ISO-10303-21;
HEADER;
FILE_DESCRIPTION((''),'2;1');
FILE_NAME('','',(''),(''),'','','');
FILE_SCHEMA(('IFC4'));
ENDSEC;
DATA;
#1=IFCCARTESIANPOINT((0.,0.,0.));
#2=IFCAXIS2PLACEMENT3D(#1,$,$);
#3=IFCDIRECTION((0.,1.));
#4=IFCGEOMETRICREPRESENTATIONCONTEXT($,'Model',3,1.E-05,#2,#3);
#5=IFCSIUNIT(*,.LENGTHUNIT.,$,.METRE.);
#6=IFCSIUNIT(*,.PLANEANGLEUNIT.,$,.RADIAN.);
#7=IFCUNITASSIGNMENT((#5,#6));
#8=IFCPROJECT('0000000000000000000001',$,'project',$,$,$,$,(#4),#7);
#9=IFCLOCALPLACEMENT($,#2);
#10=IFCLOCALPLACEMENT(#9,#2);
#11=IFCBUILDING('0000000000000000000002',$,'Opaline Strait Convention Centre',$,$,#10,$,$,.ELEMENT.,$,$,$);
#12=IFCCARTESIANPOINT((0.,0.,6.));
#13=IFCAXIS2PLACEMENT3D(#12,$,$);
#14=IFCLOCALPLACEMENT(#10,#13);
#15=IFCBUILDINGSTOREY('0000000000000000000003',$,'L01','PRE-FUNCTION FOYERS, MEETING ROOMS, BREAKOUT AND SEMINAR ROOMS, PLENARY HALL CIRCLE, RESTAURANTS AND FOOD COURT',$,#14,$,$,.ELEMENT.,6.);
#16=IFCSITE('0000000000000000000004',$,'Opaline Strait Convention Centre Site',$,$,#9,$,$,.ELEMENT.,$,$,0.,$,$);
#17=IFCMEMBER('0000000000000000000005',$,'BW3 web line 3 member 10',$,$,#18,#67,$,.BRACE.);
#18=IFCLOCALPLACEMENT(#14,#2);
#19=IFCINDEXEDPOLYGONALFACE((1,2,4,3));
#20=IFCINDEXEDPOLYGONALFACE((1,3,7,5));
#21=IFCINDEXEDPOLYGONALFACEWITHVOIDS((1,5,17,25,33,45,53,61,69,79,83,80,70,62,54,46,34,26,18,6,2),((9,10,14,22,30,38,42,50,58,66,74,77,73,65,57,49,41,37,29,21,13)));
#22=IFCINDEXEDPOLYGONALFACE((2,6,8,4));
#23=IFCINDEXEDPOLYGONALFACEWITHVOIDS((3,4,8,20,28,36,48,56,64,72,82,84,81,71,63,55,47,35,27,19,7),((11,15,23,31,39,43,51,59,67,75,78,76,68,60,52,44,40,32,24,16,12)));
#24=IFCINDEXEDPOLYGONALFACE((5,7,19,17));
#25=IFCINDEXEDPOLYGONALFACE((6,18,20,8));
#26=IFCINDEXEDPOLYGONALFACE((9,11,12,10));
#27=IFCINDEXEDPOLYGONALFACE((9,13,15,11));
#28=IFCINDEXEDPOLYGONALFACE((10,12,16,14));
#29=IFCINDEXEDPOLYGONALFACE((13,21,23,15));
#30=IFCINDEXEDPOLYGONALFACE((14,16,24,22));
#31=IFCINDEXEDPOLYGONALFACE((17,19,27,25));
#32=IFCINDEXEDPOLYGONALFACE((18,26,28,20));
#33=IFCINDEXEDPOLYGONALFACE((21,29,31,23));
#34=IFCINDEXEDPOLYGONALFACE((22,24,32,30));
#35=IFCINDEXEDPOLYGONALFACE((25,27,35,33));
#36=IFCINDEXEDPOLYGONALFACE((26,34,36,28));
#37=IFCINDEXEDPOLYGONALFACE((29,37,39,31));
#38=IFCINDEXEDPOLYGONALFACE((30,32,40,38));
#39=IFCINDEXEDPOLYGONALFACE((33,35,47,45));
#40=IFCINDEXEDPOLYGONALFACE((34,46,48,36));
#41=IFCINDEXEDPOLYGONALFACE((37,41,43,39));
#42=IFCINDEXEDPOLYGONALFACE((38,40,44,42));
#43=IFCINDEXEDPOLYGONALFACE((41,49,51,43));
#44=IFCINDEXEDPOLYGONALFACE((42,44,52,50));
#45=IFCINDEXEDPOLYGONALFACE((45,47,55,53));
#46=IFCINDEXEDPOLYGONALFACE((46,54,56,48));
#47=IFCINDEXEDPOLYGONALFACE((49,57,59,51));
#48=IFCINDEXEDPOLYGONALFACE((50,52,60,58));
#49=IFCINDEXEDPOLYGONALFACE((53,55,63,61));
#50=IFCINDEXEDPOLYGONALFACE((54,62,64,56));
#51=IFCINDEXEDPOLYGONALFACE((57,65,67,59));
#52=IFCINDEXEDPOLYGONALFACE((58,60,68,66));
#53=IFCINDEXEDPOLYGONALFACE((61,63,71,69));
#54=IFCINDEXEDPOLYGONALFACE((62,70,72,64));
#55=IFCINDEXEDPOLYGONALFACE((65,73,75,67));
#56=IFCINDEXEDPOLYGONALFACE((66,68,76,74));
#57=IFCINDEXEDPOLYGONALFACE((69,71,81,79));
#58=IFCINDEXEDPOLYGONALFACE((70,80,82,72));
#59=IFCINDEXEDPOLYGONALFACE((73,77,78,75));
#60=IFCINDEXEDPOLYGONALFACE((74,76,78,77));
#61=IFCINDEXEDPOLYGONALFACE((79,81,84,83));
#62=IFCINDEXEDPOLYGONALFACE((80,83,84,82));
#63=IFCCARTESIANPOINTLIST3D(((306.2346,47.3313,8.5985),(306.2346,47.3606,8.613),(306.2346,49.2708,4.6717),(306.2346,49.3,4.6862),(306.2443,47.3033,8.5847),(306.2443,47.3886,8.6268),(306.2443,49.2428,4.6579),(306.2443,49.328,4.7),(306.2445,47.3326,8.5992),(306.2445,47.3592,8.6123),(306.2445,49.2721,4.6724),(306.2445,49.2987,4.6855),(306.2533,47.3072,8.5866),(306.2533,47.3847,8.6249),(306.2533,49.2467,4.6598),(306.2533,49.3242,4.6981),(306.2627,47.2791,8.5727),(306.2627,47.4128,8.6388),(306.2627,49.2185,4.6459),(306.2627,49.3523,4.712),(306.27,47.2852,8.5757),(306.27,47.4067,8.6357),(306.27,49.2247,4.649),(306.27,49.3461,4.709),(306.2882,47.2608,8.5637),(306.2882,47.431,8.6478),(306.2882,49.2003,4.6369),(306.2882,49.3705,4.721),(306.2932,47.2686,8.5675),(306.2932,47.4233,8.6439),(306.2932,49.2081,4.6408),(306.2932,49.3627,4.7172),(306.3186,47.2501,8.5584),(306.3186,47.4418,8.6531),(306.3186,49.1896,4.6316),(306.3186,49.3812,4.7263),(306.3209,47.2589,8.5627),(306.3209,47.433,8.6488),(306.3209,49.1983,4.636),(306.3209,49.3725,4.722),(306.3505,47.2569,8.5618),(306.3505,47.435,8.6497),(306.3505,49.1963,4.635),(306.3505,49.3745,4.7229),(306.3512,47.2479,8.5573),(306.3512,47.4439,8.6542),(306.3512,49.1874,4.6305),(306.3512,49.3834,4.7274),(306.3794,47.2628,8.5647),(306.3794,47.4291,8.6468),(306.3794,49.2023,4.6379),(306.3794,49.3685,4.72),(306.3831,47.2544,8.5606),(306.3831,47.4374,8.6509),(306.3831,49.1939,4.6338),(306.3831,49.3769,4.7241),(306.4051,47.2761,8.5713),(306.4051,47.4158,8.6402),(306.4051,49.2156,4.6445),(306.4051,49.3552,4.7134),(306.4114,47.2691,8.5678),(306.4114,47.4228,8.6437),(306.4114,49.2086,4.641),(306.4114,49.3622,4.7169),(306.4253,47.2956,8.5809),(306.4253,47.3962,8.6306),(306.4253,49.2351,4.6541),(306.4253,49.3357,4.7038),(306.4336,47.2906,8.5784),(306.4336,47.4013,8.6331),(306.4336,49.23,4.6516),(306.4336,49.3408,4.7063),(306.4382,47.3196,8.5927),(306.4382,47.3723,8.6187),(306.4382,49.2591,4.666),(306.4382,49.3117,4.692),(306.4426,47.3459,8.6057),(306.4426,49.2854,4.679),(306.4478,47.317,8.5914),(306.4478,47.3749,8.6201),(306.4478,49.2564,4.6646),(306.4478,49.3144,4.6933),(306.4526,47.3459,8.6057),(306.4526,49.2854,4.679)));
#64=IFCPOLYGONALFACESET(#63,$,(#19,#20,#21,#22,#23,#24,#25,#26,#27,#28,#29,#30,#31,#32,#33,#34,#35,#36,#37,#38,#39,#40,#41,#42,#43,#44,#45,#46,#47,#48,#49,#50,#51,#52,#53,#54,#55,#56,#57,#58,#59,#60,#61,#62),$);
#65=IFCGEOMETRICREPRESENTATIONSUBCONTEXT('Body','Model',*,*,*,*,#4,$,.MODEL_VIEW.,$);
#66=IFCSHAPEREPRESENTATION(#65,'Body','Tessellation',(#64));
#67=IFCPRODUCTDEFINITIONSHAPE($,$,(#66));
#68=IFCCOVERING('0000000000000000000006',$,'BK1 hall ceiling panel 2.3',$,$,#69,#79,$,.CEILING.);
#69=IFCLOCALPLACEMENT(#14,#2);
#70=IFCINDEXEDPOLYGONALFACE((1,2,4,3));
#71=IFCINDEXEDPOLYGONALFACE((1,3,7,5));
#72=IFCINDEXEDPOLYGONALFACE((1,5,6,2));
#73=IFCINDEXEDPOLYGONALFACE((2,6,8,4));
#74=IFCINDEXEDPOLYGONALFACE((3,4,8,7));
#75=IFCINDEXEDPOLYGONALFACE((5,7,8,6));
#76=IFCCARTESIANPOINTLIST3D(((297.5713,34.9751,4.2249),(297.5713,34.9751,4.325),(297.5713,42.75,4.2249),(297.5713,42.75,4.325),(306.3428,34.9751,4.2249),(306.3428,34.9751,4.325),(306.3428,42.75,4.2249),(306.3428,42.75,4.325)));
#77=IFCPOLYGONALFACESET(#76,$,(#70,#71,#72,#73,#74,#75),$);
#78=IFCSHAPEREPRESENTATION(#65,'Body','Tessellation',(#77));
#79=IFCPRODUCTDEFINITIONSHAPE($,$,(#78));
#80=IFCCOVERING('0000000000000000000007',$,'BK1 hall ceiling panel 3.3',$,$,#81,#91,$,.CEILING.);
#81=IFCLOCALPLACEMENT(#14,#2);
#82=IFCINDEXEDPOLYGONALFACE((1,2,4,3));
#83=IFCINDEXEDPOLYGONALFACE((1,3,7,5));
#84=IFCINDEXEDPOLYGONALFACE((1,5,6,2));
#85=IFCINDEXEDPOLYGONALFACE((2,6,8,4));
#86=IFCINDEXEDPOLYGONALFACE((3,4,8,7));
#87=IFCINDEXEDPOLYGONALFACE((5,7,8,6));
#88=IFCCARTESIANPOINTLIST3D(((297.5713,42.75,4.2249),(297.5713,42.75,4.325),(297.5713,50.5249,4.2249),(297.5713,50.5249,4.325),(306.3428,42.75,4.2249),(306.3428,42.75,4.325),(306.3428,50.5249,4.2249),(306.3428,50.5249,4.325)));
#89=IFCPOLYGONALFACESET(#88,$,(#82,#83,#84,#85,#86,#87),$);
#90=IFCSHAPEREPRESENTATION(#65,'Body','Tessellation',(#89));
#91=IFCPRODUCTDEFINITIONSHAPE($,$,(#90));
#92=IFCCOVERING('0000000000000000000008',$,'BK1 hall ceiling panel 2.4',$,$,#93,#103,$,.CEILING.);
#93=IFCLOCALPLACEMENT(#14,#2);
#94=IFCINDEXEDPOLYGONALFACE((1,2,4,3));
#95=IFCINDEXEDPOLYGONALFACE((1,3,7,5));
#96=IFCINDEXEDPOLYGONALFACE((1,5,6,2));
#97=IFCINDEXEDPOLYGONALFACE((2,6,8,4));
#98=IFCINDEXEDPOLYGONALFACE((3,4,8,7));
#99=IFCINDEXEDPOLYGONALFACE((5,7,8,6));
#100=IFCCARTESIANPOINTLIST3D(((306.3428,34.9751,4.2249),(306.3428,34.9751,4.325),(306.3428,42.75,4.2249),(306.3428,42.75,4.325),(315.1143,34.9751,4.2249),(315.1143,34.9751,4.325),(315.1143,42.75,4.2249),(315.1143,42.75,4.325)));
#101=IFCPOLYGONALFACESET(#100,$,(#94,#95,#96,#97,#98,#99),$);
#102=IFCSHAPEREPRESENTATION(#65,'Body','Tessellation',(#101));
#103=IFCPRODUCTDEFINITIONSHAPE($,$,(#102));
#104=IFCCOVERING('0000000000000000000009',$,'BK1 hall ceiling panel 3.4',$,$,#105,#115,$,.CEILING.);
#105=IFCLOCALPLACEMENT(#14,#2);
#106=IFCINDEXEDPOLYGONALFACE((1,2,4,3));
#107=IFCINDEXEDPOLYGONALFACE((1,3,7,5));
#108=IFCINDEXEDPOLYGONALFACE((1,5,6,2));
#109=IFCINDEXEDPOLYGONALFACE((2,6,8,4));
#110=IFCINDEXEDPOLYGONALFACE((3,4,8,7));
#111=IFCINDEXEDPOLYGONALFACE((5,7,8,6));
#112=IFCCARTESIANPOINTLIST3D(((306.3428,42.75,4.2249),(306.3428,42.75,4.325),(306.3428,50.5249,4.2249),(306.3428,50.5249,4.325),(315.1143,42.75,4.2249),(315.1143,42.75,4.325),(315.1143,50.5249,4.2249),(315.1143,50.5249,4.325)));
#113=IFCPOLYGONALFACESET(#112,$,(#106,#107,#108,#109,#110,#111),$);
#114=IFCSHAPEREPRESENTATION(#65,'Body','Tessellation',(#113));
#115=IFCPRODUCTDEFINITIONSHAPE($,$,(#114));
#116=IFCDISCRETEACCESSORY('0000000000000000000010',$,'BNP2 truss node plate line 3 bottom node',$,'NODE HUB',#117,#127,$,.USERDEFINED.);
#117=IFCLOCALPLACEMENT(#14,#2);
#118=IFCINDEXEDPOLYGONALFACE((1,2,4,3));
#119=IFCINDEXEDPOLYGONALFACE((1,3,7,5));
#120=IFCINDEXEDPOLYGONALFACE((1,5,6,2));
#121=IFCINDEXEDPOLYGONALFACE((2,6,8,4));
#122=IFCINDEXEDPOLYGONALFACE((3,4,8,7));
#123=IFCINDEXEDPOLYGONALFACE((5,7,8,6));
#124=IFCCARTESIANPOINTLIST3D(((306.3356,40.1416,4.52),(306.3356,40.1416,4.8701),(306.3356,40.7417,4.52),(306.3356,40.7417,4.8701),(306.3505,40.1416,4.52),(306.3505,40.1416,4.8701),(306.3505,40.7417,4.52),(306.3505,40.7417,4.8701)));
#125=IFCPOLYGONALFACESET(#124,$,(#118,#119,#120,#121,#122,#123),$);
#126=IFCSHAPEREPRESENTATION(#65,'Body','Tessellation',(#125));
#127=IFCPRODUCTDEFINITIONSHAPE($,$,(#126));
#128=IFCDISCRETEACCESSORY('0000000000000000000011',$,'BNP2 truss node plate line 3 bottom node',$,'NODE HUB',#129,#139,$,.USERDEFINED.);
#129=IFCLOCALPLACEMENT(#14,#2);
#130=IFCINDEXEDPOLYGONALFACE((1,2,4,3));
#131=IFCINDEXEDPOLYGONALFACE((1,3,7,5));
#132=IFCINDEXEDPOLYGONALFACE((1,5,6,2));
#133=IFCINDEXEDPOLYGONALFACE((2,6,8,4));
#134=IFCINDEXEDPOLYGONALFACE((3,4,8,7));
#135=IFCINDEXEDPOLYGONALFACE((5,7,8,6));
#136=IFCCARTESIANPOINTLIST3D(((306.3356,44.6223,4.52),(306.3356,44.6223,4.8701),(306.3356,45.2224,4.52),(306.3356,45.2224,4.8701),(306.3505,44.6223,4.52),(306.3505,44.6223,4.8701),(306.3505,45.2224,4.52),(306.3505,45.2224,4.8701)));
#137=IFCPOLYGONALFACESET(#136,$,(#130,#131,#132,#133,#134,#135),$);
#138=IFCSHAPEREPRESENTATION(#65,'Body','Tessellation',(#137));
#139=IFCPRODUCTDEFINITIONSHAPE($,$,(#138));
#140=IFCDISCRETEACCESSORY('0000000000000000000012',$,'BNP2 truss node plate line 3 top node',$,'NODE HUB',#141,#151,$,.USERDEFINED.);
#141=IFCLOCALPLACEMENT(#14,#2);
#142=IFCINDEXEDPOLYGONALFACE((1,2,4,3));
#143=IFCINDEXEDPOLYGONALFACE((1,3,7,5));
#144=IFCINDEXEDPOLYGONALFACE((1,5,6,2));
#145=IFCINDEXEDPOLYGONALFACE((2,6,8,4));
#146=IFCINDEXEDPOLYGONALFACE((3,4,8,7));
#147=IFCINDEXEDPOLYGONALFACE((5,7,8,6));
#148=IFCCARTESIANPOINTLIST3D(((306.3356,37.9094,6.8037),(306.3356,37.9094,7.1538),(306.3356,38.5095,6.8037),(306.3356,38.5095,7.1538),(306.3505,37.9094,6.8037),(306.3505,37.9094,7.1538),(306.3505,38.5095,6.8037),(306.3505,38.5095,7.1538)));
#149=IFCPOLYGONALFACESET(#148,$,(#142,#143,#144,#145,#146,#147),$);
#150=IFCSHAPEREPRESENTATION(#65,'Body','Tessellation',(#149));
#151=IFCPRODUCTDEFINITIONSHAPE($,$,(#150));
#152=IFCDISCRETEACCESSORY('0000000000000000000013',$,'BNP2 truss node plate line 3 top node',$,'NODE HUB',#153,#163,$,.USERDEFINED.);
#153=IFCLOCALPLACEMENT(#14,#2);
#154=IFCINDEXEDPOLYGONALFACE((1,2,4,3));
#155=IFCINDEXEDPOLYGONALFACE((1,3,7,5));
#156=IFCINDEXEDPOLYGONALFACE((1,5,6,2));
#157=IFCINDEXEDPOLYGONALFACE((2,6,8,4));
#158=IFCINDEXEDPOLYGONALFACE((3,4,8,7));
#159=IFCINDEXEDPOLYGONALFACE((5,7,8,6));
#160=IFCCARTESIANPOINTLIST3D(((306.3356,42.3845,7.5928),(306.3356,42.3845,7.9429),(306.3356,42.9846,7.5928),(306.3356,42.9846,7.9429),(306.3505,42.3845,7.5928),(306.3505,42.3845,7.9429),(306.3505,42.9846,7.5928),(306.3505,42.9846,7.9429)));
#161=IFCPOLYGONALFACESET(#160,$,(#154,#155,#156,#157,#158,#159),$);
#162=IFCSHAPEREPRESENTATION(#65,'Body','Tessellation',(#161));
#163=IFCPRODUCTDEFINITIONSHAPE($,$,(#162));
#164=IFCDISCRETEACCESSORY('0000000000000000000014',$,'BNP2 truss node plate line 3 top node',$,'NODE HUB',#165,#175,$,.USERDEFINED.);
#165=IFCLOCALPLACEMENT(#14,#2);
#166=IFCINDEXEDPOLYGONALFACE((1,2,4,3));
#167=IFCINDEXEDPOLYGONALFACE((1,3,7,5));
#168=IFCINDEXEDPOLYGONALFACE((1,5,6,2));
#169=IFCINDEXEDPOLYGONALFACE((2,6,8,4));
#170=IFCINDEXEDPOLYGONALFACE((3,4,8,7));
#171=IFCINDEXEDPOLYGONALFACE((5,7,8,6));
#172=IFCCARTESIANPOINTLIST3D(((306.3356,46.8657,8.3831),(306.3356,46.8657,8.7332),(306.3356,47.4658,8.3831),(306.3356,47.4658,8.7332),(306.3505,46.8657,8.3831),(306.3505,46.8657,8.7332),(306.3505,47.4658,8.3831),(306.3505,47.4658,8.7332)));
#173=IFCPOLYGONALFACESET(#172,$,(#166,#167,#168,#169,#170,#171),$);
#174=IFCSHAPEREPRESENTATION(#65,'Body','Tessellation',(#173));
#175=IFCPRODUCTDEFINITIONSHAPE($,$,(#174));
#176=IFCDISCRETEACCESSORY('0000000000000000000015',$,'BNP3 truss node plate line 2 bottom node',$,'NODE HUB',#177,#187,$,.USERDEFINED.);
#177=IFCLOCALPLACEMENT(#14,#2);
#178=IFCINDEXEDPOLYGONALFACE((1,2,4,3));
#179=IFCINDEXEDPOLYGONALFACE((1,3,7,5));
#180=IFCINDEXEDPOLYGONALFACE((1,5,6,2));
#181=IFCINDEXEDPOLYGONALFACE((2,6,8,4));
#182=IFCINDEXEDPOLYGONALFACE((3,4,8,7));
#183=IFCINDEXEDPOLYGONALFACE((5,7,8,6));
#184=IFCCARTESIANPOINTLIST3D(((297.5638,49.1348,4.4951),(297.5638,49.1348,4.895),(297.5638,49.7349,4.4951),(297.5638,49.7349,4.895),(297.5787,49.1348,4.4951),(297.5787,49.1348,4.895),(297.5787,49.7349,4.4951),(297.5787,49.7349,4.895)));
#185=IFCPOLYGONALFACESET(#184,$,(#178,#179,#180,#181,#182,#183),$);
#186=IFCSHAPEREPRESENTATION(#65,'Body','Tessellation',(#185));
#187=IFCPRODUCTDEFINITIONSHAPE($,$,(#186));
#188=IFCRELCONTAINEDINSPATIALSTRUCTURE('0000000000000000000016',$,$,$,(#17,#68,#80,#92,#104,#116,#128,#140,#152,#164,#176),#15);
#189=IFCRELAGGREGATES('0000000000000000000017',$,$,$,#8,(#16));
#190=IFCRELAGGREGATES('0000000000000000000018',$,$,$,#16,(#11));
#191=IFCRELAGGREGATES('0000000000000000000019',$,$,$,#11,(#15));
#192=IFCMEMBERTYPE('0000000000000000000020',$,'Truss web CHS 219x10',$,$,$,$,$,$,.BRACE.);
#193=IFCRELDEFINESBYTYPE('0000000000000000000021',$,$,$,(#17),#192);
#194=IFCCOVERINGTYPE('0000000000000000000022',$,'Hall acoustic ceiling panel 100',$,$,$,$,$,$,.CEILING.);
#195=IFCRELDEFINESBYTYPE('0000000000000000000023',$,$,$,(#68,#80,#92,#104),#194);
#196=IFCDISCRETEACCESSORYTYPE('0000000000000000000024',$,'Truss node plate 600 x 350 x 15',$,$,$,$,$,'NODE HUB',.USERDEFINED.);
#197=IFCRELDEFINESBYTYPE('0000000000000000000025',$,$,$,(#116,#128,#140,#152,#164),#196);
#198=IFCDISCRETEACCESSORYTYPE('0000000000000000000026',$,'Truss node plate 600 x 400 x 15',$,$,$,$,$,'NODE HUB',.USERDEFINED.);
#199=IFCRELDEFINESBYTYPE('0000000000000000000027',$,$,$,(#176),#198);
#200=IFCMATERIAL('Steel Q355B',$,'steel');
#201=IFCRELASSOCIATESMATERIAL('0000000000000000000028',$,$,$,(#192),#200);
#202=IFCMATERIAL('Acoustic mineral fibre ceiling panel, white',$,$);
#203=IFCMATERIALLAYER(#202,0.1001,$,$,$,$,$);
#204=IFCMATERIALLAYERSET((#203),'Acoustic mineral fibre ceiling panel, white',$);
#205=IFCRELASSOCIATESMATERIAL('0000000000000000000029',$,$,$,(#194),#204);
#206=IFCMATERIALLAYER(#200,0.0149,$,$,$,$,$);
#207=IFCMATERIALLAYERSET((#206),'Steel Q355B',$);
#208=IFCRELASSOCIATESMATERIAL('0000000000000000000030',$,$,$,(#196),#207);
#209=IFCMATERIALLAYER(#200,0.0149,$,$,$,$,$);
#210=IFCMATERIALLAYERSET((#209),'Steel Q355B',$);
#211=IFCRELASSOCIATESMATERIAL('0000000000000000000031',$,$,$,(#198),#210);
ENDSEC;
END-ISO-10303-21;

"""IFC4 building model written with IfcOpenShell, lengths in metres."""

from ifc_helpers import new_model, si_unit, direction, frame, origin, origin_2d, place, context, subcontext, project, spatial, rectangle, hollow_circle, extrude, material, layer, layer_set, material_profile, profile_set, type_object, element, save


model = new_model("IFC4")

# Units and contexts
model_context = context("Model", 3, precision=1e-05, world=origin(), true_north=direction((0.0, 1.0)))
body_context = subcontext(model_context, "Body", "Model", "MODEL_VIEW")
ifc_project = project(units=[si_unit("LENGTHUNIT", "METRE"), si_unit("PLANEANGLEUNIT", "RADIAN")], contexts=[model_context])

# Site, building, storey
site_placement = place(None, origin())
site = spatial("IfcSite", under=ifc_project, at=site_placement, Name="Opaline Strait Convention Centre Site", CompositionType="ELEMENT", RefElevation=0.0)
building_placement = place(site_placement, origin())
building = spatial("IfcBuilding", under=site, at=building_placement, Name="Opaline Strait Convention Centre", CompositionType="ELEMENT")
storey_placement = place(building_placement, frame((0.0, 0.0, 6.0)))
storey = spatial("IfcBuildingStorey", under=building, at=storey_placement, Name="L01", Description="PRE-FUNCTION FOYERS, MEETING ROOMS, BREAKOUT AND SEMINAR ROOMS, PLENARY HALL CIRCLE, RESTAURANTS AND FOOD COURT", CompositionType="ELEMENT", Elevation=6.0)

# Member
ifc_material_1 = material(Name="Steel Q355B", Category="steel")
ifc_material_profile_1 = material_profile(ifc_material_1, hollow_circle(Radius=0.1096, WallThickness=0.01, at=origin_2d()), Name="CHS 219x10")
ifc_profile_set_1 = profile_set([ifc_material_profile_1], Name="Steel Q355B")
member_type_1 = type_object("IfcMemberType", Name="Truss web CHS 219x10", PredefinedType="BRACE", material=ifc_profile_set_1)
member_1_placement = place(storey_placement, frame((306.343, 49.2854, 4.679), z_axis=(0.0, -0.442838, 0.896602), x_axis=(1.0, 0.0, 0.0)))
element("IfcMember", 1, at=member_1_placement, inside=storey, type_object=member_type_1, Name="BW3 web line 3 member 10", PredefinedType="BRACE", context=body_context, shape_type="SweptSolid", body=[
    extrude(hollow_circle(Radius=0.1096, WallThickness=0.01, at=origin_2d()), origin(), (0.0, 0.0, 1.0), 4.3796),
])

# Coverings
ifc_material_2 = material(Name="Acoustic mineral fibre ceiling panel, white")
ifc_layer_1 = layer(ifc_material_2, 0.1001)
ifc_layer_set_1 = layer_set([ifc_layer_1], Name="Acoustic mineral fibre ceiling panel, white")
covering_type = type_object("IfcCoveringType", Name="Hall acoustic ceiling panel 100", PredefinedType="CEILING", material=ifc_layer_set_1)
for number, where, z_axis, x_axis, name in (
    (2, (301.957, 38.8625, 4.2249), (0.0, 0.0, 1.0), (1.0, 0.0, 0.0), "BK1 hall ceiling panel 2.3"),
    (3, (301.957, 46.6375, 4.2249), (0.0, 0.0, 1.0), (1.0, 0.0, 0.0), "BK1 hall ceiling panel 3.3"),
    (4, (310.7285, 38.8625, 4.2249), (0.0, 0.0, 1.0), (1.0, 0.0, 0.0), "BK1 hall ceiling panel 2.4"),
    (5, (310.7285, 46.6375, 4.2249), (0.0, 0.0, 1.0), (1.0, 0.0, 0.0), "BK1 hall ceiling panel 3.4"),
):
    element("IfcCovering", number, at=place(storey_placement, frame(where, z_axis=z_axis, x_axis=x_axis)), inside=storey, type_object=covering_type, Name=name, PredefinedType="CEILING", context=body_context, shape_type="SweptSolid", body=[
        extrude(rectangle(XDim=8.7715, YDim=7.7749, at=origin_2d()), origin(), (0.0, 0.0, 1.0), 0.1001),
    ])

# Discrete accessories
ifc_layer_2 = layer(ifc_material_1, 0.0149)
ifc_layer_set_2 = layer_set([ifc_layer_2], Name="Steel Q355B")
discrete_accessory_type_1 = type_object("IfcDiscreteAccessoryType", Name="Truss node plate 600 x 350 x 15", ElementType="NODE HUB", PredefinedType="USERDEFINED", material=ifc_layer_set_2)
for number, where, z_axis, x_axis, name in (
    (6, (306.343, 40.4417, 4.52), (0.0, 0.0, 1.0), (1.0, 0.0, 0.0), "BNP2 truss node plate line 3 bottom node"),
    (7, (306.343, 44.9224, 4.52), (0.0, 0.0, 1.0), (1.0, 0.0, 0.0), "BNP2 truss node plate line 3 bottom node"),
    (8, (306.343, 38.2095, 6.8037), (0.0, 0.0, 1.0), (1.0, 0.0, 0.0), "BNP2 truss node plate line 3 top node"),
    (9, (306.343, 42.6846, 7.5928), (0.0, 0.0, 1.0), (1.0, 0.0, 0.0), "BNP2 truss node plate line 3 top node"),
    (10, (306.343, 47.1658, 8.3831), (0.0, 0.0, 1.0), (1.0, 0.0, 0.0), "BNP2 truss node plate line 3 top node"),
):
    element("IfcDiscreteAccessory", number, at=place(storey_placement, frame(where, z_axis=z_axis, x_axis=x_axis)), inside=storey, type_object=discrete_accessory_type_1, Name=name, ObjectType="NODE HUB", PredefinedType="USERDEFINED", context=body_context, shape_type="SweptSolid", body=[
        extrude(rectangle(XDim=0.0149, YDim=0.6001, at=origin_2d()), origin(), (0.0, 0.0, 1.0), 0.3501),
    ])
ifc_layer_3 = layer(ifc_material_1, 0.0149)
ifc_layer_set_3 = layer_set([ifc_layer_3], Name="Steel Q355B")
discrete_accessory_type_2 = type_object("IfcDiscreteAccessoryType", Name="Truss node plate 600 x 400 x 15", ElementType="NODE HUB", PredefinedType="USERDEFINED", material=ifc_layer_set_3)
discrete_accessory_placement = place(storey_placement, frame((297.5713, 49.4348, 4.4951), z_axis=(0.0, 0.0, 1.0), x_axis=(1.0, 0.0, 0.0)))
element("IfcDiscreteAccessory", 11, at=discrete_accessory_placement, inside=storey, type_object=discrete_accessory_type_2, Name="BNP3 truss node plate line 2 bottom node", ObjectType="NODE HUB", PredefinedType="USERDEFINED", context=body_context, shape_type="SweptSolid", body=[
    extrude(rectangle(XDim=0.0149, YDim=0.6001, at=origin_2d()), origin(), (0.0, 0.0, 1.0), 0.3999),
])

save(model, "model.ifc")
